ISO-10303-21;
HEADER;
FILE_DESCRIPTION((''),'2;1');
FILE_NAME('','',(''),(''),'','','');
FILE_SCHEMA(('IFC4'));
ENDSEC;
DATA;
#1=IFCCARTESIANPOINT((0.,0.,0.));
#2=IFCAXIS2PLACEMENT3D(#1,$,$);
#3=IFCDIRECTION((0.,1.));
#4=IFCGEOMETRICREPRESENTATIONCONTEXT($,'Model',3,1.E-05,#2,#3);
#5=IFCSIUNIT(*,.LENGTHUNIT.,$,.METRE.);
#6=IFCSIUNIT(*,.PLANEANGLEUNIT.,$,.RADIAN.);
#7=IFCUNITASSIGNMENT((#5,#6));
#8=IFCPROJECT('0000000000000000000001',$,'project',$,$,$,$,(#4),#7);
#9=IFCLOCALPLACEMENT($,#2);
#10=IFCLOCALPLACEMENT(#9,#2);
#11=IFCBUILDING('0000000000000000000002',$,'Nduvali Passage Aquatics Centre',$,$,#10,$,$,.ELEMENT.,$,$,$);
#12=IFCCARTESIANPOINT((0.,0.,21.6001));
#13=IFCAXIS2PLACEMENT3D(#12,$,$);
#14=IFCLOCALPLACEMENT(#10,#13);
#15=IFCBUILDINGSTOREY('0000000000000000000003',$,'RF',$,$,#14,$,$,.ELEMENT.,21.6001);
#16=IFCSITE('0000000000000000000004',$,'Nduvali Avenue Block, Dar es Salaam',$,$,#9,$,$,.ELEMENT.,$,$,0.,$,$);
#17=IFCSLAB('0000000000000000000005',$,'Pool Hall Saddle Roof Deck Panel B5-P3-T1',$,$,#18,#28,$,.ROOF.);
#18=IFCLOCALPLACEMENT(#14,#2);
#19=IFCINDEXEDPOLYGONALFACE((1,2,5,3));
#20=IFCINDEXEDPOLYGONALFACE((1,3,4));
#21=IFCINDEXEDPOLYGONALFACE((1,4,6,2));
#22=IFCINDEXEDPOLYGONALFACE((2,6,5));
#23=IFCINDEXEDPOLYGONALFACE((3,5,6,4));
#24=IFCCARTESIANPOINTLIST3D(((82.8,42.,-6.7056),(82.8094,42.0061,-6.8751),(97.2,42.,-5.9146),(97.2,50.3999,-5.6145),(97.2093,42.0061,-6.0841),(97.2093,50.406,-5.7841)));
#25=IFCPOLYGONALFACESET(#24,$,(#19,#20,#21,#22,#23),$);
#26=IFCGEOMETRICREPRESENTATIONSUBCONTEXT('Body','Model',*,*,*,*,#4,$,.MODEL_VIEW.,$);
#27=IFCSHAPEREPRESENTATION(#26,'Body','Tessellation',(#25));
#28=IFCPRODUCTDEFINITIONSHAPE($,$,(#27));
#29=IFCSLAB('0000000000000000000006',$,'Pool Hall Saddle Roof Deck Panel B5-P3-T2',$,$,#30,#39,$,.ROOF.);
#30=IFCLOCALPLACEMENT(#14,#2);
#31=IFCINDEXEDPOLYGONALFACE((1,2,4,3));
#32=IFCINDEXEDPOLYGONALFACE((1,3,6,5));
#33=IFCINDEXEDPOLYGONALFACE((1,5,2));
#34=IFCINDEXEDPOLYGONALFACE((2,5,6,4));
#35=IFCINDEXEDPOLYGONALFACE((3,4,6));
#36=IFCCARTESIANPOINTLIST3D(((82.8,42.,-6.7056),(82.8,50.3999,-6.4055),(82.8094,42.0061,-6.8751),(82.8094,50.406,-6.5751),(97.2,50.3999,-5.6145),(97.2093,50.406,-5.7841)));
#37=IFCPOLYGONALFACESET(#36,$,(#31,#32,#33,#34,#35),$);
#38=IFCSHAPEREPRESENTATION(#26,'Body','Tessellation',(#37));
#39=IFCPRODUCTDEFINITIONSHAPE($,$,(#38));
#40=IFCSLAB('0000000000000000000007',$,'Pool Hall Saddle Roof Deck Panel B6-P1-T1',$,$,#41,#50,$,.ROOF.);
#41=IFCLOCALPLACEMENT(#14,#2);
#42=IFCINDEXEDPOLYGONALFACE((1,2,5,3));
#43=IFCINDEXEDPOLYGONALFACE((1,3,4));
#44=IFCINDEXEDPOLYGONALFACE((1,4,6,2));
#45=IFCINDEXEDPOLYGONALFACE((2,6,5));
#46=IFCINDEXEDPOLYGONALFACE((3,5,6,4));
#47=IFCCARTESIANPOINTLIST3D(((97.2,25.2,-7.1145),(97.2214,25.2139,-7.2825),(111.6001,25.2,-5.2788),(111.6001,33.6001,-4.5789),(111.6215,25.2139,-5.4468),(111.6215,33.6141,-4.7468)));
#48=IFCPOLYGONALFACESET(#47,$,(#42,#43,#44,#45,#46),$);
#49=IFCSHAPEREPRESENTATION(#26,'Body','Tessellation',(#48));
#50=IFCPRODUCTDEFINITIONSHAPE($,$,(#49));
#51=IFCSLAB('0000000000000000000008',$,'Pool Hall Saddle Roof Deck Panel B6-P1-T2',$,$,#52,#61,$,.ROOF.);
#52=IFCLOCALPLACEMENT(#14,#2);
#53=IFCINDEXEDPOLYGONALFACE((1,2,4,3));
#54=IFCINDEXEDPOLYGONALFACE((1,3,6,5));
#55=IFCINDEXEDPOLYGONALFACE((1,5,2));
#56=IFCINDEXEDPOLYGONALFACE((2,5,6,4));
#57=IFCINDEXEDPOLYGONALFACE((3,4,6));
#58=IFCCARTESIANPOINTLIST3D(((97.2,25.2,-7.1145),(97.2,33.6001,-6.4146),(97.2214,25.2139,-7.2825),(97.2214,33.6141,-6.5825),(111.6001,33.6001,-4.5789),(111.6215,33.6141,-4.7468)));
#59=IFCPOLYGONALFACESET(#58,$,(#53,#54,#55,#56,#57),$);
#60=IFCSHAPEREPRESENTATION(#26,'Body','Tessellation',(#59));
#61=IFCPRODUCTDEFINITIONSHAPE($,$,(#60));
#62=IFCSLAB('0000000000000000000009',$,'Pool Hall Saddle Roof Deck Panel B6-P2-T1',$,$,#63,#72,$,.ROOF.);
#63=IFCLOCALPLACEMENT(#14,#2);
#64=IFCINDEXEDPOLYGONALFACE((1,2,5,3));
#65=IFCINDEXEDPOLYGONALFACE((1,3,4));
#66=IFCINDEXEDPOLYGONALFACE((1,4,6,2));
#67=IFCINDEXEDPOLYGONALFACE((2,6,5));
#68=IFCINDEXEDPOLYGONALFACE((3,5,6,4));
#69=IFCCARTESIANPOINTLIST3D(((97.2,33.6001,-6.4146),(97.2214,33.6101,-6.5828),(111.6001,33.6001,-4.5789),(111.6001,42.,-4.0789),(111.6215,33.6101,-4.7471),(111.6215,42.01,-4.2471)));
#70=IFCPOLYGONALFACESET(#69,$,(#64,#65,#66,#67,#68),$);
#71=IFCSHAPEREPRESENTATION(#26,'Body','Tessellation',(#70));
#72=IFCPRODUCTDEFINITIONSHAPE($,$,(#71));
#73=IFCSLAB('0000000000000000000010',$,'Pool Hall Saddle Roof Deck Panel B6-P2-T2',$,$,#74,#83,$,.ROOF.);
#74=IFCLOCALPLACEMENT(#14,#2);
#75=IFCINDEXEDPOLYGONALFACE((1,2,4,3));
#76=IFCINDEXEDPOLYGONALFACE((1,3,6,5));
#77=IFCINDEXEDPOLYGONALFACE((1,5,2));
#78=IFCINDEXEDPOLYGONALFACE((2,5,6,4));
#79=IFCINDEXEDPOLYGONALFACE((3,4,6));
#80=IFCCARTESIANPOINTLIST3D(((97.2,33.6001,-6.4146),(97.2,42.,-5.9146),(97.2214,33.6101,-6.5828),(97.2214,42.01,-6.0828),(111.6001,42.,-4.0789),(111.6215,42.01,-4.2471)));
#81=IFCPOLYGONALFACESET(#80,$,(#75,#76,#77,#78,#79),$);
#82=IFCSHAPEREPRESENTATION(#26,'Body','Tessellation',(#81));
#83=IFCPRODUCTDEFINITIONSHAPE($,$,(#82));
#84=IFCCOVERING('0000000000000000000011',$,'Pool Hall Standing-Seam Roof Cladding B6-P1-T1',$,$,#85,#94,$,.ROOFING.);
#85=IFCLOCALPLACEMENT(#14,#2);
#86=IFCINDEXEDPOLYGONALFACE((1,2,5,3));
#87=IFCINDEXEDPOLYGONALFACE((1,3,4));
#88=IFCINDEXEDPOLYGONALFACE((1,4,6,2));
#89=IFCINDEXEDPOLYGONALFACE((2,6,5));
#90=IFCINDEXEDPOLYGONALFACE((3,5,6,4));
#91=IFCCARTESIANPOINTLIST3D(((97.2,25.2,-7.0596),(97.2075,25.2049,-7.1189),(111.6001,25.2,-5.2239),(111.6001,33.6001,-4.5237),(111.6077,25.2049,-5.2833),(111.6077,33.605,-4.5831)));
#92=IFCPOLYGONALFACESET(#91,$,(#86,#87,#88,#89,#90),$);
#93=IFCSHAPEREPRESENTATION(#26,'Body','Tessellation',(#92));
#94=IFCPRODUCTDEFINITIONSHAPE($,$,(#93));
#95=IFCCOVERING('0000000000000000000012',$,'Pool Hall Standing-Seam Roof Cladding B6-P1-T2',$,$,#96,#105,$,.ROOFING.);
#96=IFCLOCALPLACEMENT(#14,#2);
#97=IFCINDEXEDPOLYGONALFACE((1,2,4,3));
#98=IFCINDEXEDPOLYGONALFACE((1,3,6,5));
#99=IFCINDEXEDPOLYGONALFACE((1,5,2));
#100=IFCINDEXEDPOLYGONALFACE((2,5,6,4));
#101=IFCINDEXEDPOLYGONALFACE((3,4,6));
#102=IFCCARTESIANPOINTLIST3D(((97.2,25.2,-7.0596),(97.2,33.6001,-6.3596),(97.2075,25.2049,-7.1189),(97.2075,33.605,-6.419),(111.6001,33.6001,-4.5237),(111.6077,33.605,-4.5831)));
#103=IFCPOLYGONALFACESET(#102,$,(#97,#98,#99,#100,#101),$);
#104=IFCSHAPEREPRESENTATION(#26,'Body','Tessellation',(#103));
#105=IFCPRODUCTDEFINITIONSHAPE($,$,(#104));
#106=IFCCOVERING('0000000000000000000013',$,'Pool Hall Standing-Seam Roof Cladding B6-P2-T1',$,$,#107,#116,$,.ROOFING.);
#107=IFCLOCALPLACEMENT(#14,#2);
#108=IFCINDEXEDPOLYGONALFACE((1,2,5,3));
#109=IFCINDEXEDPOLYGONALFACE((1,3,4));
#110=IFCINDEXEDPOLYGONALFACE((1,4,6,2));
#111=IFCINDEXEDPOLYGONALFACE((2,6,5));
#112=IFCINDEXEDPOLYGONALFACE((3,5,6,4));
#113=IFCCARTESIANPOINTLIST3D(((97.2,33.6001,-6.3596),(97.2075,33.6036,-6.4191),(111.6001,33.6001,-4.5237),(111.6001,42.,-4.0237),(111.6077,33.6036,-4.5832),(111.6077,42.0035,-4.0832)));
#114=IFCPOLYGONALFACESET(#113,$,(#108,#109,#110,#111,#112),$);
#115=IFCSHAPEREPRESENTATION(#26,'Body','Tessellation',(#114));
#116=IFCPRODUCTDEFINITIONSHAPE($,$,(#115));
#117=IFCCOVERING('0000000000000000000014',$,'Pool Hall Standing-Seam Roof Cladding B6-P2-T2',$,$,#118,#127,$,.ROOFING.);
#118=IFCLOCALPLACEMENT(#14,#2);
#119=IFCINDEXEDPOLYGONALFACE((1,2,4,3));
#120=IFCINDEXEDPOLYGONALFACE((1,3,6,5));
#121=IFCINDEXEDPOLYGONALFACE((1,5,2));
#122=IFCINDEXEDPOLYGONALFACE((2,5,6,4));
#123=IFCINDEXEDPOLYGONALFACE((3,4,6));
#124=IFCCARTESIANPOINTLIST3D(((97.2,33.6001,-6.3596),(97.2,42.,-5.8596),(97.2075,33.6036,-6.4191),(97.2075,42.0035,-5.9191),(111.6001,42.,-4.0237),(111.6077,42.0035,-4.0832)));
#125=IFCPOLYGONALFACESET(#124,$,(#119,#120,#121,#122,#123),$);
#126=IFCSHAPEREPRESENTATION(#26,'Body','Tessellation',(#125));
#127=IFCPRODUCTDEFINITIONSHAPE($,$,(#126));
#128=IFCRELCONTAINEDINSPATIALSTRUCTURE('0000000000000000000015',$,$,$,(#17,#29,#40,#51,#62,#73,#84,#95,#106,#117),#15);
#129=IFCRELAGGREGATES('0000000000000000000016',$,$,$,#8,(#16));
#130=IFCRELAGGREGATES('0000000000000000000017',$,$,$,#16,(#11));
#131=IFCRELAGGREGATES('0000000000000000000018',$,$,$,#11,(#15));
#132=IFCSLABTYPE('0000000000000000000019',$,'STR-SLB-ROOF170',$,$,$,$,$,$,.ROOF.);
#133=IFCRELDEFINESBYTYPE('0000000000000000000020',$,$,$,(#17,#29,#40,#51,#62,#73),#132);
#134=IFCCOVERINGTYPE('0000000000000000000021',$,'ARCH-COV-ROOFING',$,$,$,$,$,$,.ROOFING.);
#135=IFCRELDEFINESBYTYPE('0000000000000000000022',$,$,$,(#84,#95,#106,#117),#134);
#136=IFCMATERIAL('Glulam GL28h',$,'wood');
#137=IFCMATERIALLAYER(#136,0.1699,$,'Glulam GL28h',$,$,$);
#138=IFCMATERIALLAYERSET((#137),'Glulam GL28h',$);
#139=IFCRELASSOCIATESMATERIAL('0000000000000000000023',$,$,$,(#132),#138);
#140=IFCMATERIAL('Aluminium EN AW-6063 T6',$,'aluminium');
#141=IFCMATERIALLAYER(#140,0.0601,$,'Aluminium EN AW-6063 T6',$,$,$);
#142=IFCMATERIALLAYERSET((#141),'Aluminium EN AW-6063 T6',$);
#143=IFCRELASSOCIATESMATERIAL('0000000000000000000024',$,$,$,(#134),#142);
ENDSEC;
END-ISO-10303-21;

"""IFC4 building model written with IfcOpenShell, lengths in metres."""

from ifc_helpers import new_model, si_unit, direction, frame, origin, place, context, subcontext, project, spatial, polyline, outline, extrude, material, layer, layer_set, type_object, element, save


model = new_model("IFC4")

# Units and contexts
model_context = context("Model", 3, precision=1e-05, world=origin(), true_north=direction((0.0, 1.0)))
body_context = subcontext(model_context, "Body", "Model", "MODEL_VIEW")
ifc_project = project(units=[si_unit("LENGTHUNIT", "METRE"), si_unit("PLANEANGLEUNIT", "RADIAN")], contexts=[model_context])

# Site, building, storey
site_placement = place(None, origin())
site = spatial("IfcSite", under=ifc_project, at=site_placement, Name="Nduvali Avenue Block, Dar es Salaam", CompositionType="ELEMENT", RefElevation=0.0)
building_placement = place(site_placement, origin())
building = spatial("IfcBuilding", under=site, at=building_placement, Name="Nduvali Passage Aquatics Centre", CompositionType="ELEMENT")
storey_placement = place(building_placement, frame((0.0, 0.0, 21.6001)))
storey = spatial("IfcBuildingStorey", under=building, at=storey_placement, Name="RF", CompositionType="ELEMENT", Elevation=21.6001)

# Shared definitions
ifc_material_1 = material(Name="Glulam GL28h", Category="wood")

# Slabs
ifc_layer_1 = layer(ifc_material_1, 0.1699, Name="Glulam GL28h")
ifc_layer_set_1 = layer_set([ifc_layer_1], Name="Glulam GL28h")
slab_type = type_object("IfcSlabType", Name="STR-SLB-ROOF170", PredefinedType="ROOF", material=ifc_layer_set_1)
slab_1_placement = place(storey_placement, frame((82.8, 42.0, -6.7056), z_axis=(-0.054814, -0.035644, 0.99786), x_axis=(0.998495, 0.0, 0.054849)))
element("IfcSlab", 1, at=slab_1_placement, inside=storey, type_object=slab_type, Name="Pool Hall Saddle Roof Deck Panel B5-P3-T1", PredefinedType="ROOF", context=body_context, shape_type="SweptSolid", body=[
    extrude(outline(polyline([(0.0, 0.0), (14.4216, 0.0), (14.4381, 8.4052), (0.0, 0.0)])), origin(), (0.0, 0.0, -1.0), 0.1699),
])
slab_2_placement = place(storey_placement, frame((82.8, 42.0, -6.7056), z_axis=(-0.054814, -0.035644, 0.99786), x_axis=(0.861936, 0.502794, 0.065308)))
element("IfcSlab", 2, at=slab_2_placement, inside=storey, type_object=slab_type, Name="Pool Hall Saddle Roof Deck Panel B5-P3-T2", PredefinedType="ROOF", context=body_context, shape_type="SweptSolid", body=[
    extrude(outline(polyline([(0.0, 0.0), (16.7065, 0.0), (4.243, 7.2557), (0.0, 0.0)])), origin(), (0.0, 0.0, -1.0), 0.1699),
])
slab_3_placement = place(storey_placement, frame((97.2, 25.2, -7.1145), z_axis=(-0.126024, -0.082376, 0.988601), x_axis=(0.991972, 0.0, 0.126454)))
element("IfcSlab", 3, at=slab_3_placement, inside=storey, type_object=slab_type, Name="Pool Hall Saddle Roof Deck Panel B6-P1-T1", PredefinedType="ROOF", context=body_context, shape_type="SweptSolid", body=[
    extrude(outline(polyline([(0.0, 0.0), (14.5167, 0.0), (14.6052, 8.4288), (0.0, 0.0)])), origin(), (0.0, 0.0, -1.0), 0.1699),
])
slab_4_placement = place(storey_placement, frame((97.2, 25.2, -7.1145), z_axis=(-0.126024, -0.082376, 0.988601), x_axis=(0.853956, 0.498145, 0.150369)))
element("IfcSlab", 4, at=slab_4_placement, inside=storey, type_object=slab_type, Name="Pool Hall Saddle Roof Deck Panel B6-P1-T2", PredefinedType="ROOF", context=body_context, shape_type="SweptSolid", body=[
    extrude(outline(polyline([(0.0, 0.0), (16.8629, 0.0), (4.2897, 7.2561), (0.0, 0.0)])), origin(), (0.0, 0.0, -1.0), 0.1699),
])
slab_5_placement = place(storey_placement, frame((97.2, 33.6001, -6.4146), z_axis=(-0.126234, -0.058944, 0.990248), x_axis=(0.991972, 0.0, 0.126454)))
element("IfcSlab", 5, at=slab_5_placement, inside=storey, type_object=slab_type, Name="Pool Hall Saddle Roof Deck Panel B6-P2-T1", PredefinedType="ROOF", context=body_context, shape_type="SweptSolid", body=[
    extrude(outline(polyline([(0.0, 0.0), (14.5167, 0.0), (14.5799, 8.4145), (0.0, 0.0)])), origin(), (0.0, 0.0, -1.0), 0.1699),
])
slab_6_placement = place(storey_placement, frame((97.2, 33.6001, -6.4146), z_axis=(-0.126234, -0.058944, 0.990248), x_axis=(0.855429, 0.498989, 0.13875)))
element("IfcSlab", 6, at=slab_6_placement, inside=storey, type_object=slab_type, Name="Pool Hall Saddle Roof Deck Panel B6-P2-T2", PredefinedType="ROOF", context=body_context, shape_type="SweptSolid", body=[
    extrude(outline(polyline([(0.0, 0.0), (16.8338, 0.0), (4.2608, 7.2563), (0.0, 0.0)])), origin(), (0.0, 0.0, -1.0), 0.1699),
])

# Coverings
ifc_material_2 = material(Name="Aluminium EN AW-6063 T6", Category="aluminium")
ifc_layer_2 = layer(ifc_material_2, 0.0601, Name="Aluminium EN AW-6063 T6")
ifc_layer_set_2 = layer_set([ifc_layer_2], Name="Aluminium EN AW-6063 T6")
covering_type = type_object("IfcCoveringType", Name="ARCH-COV-ROOFING", PredefinedType="ROOFING", material=ifc_layer_set_2)
covering_1_placement = place(storey_placement, frame((97.2, 25.2, -7.0596), z_axis=(-0.126024, -0.082405, 0.988599), x_axis=(0.991972, 0.0, 0.126454)))
element("IfcCovering", 7, at=covering_1_placement, inside=storey, type_object=covering_type, Name="Pool Hall Standing-Seam Roof Cladding B6-P1-T1", PredefinedType="ROOFING", context=body_context, shape_type="SweptSolid", body=[
    extrude(outline(polyline([(0.0, 0.0), (14.5167, 0.0), (14.6052, 8.4288), (0.0, 0.0)])), origin(), (0.0, 0.0, -1.0), 0.0601),
])
covering_2_placement = place(storey_placement, frame((97.2, 25.2, -7.0596), z_axis=(-0.126041, -0.082376, 0.988599), x_axis=(0.853954, 0.498144, 0.150383)))
element("IfcCovering", 8, at=covering_2_placement, inside=storey, type_object=covering_type, Name="Pool Hall Standing-Seam Roof Cladding B6-P1-T2", PredefinedType="ROOFING", context=body_context, shape_type="SweptSolid", body=[
    extrude(outline(polyline([(0.0, 0.0), (16.8629, 0.0), (4.2897, 7.2561), (0.0, 0.0)])), origin(), (0.0, 0.0, -1.0), 0.0601),
])
covering_3_placement = place(storey_placement, frame((97.2, 33.6001, -6.3596), z_axis=(-0.126251, -0.058944, 0.990246), x_axis=(0.99197, 0.0, 0.126471)))
element("IfcCovering", 9, at=covering_3_placement, inside=storey, type_object=covering_type, Name="Pool Hall Standing-Seam Roof Cladding B6-P2-T1", PredefinedType="ROOFING", context=body_context, shape_type="SweptSolid", body=[
    extrude(outline(polyline([(0.0, 0.0), (14.5167, 0.0), (14.5799, 8.4145), (0.0, 0.0)])), origin(), (0.0, 0.0, -1.0), 0.0601),
])
covering_4_placement = place(storey_placement, frame((97.2, 33.6001, -6.3596), z_axis=(-0.126251, -0.058944, 0.990246), x_axis=(0.855427, 0.498988, 0.138764)))
element("IfcCovering", 10, at=covering_4_placement, inside=storey, type_object=covering_type, Name="Pool Hall Standing-Seam Roof Cladding B6-P2-T2", PredefinedType="ROOFING", context=body_context, shape_type="SweptSolid", body=[
    extrude(outline(polyline([(0.0, 0.0), (16.8339, 0.0), (4.2608, 7.2563), (0.0, 0.0)])), origin(), (0.0, 0.0, -1.0), 0.0601),
])

save(model, "model.ifc")
